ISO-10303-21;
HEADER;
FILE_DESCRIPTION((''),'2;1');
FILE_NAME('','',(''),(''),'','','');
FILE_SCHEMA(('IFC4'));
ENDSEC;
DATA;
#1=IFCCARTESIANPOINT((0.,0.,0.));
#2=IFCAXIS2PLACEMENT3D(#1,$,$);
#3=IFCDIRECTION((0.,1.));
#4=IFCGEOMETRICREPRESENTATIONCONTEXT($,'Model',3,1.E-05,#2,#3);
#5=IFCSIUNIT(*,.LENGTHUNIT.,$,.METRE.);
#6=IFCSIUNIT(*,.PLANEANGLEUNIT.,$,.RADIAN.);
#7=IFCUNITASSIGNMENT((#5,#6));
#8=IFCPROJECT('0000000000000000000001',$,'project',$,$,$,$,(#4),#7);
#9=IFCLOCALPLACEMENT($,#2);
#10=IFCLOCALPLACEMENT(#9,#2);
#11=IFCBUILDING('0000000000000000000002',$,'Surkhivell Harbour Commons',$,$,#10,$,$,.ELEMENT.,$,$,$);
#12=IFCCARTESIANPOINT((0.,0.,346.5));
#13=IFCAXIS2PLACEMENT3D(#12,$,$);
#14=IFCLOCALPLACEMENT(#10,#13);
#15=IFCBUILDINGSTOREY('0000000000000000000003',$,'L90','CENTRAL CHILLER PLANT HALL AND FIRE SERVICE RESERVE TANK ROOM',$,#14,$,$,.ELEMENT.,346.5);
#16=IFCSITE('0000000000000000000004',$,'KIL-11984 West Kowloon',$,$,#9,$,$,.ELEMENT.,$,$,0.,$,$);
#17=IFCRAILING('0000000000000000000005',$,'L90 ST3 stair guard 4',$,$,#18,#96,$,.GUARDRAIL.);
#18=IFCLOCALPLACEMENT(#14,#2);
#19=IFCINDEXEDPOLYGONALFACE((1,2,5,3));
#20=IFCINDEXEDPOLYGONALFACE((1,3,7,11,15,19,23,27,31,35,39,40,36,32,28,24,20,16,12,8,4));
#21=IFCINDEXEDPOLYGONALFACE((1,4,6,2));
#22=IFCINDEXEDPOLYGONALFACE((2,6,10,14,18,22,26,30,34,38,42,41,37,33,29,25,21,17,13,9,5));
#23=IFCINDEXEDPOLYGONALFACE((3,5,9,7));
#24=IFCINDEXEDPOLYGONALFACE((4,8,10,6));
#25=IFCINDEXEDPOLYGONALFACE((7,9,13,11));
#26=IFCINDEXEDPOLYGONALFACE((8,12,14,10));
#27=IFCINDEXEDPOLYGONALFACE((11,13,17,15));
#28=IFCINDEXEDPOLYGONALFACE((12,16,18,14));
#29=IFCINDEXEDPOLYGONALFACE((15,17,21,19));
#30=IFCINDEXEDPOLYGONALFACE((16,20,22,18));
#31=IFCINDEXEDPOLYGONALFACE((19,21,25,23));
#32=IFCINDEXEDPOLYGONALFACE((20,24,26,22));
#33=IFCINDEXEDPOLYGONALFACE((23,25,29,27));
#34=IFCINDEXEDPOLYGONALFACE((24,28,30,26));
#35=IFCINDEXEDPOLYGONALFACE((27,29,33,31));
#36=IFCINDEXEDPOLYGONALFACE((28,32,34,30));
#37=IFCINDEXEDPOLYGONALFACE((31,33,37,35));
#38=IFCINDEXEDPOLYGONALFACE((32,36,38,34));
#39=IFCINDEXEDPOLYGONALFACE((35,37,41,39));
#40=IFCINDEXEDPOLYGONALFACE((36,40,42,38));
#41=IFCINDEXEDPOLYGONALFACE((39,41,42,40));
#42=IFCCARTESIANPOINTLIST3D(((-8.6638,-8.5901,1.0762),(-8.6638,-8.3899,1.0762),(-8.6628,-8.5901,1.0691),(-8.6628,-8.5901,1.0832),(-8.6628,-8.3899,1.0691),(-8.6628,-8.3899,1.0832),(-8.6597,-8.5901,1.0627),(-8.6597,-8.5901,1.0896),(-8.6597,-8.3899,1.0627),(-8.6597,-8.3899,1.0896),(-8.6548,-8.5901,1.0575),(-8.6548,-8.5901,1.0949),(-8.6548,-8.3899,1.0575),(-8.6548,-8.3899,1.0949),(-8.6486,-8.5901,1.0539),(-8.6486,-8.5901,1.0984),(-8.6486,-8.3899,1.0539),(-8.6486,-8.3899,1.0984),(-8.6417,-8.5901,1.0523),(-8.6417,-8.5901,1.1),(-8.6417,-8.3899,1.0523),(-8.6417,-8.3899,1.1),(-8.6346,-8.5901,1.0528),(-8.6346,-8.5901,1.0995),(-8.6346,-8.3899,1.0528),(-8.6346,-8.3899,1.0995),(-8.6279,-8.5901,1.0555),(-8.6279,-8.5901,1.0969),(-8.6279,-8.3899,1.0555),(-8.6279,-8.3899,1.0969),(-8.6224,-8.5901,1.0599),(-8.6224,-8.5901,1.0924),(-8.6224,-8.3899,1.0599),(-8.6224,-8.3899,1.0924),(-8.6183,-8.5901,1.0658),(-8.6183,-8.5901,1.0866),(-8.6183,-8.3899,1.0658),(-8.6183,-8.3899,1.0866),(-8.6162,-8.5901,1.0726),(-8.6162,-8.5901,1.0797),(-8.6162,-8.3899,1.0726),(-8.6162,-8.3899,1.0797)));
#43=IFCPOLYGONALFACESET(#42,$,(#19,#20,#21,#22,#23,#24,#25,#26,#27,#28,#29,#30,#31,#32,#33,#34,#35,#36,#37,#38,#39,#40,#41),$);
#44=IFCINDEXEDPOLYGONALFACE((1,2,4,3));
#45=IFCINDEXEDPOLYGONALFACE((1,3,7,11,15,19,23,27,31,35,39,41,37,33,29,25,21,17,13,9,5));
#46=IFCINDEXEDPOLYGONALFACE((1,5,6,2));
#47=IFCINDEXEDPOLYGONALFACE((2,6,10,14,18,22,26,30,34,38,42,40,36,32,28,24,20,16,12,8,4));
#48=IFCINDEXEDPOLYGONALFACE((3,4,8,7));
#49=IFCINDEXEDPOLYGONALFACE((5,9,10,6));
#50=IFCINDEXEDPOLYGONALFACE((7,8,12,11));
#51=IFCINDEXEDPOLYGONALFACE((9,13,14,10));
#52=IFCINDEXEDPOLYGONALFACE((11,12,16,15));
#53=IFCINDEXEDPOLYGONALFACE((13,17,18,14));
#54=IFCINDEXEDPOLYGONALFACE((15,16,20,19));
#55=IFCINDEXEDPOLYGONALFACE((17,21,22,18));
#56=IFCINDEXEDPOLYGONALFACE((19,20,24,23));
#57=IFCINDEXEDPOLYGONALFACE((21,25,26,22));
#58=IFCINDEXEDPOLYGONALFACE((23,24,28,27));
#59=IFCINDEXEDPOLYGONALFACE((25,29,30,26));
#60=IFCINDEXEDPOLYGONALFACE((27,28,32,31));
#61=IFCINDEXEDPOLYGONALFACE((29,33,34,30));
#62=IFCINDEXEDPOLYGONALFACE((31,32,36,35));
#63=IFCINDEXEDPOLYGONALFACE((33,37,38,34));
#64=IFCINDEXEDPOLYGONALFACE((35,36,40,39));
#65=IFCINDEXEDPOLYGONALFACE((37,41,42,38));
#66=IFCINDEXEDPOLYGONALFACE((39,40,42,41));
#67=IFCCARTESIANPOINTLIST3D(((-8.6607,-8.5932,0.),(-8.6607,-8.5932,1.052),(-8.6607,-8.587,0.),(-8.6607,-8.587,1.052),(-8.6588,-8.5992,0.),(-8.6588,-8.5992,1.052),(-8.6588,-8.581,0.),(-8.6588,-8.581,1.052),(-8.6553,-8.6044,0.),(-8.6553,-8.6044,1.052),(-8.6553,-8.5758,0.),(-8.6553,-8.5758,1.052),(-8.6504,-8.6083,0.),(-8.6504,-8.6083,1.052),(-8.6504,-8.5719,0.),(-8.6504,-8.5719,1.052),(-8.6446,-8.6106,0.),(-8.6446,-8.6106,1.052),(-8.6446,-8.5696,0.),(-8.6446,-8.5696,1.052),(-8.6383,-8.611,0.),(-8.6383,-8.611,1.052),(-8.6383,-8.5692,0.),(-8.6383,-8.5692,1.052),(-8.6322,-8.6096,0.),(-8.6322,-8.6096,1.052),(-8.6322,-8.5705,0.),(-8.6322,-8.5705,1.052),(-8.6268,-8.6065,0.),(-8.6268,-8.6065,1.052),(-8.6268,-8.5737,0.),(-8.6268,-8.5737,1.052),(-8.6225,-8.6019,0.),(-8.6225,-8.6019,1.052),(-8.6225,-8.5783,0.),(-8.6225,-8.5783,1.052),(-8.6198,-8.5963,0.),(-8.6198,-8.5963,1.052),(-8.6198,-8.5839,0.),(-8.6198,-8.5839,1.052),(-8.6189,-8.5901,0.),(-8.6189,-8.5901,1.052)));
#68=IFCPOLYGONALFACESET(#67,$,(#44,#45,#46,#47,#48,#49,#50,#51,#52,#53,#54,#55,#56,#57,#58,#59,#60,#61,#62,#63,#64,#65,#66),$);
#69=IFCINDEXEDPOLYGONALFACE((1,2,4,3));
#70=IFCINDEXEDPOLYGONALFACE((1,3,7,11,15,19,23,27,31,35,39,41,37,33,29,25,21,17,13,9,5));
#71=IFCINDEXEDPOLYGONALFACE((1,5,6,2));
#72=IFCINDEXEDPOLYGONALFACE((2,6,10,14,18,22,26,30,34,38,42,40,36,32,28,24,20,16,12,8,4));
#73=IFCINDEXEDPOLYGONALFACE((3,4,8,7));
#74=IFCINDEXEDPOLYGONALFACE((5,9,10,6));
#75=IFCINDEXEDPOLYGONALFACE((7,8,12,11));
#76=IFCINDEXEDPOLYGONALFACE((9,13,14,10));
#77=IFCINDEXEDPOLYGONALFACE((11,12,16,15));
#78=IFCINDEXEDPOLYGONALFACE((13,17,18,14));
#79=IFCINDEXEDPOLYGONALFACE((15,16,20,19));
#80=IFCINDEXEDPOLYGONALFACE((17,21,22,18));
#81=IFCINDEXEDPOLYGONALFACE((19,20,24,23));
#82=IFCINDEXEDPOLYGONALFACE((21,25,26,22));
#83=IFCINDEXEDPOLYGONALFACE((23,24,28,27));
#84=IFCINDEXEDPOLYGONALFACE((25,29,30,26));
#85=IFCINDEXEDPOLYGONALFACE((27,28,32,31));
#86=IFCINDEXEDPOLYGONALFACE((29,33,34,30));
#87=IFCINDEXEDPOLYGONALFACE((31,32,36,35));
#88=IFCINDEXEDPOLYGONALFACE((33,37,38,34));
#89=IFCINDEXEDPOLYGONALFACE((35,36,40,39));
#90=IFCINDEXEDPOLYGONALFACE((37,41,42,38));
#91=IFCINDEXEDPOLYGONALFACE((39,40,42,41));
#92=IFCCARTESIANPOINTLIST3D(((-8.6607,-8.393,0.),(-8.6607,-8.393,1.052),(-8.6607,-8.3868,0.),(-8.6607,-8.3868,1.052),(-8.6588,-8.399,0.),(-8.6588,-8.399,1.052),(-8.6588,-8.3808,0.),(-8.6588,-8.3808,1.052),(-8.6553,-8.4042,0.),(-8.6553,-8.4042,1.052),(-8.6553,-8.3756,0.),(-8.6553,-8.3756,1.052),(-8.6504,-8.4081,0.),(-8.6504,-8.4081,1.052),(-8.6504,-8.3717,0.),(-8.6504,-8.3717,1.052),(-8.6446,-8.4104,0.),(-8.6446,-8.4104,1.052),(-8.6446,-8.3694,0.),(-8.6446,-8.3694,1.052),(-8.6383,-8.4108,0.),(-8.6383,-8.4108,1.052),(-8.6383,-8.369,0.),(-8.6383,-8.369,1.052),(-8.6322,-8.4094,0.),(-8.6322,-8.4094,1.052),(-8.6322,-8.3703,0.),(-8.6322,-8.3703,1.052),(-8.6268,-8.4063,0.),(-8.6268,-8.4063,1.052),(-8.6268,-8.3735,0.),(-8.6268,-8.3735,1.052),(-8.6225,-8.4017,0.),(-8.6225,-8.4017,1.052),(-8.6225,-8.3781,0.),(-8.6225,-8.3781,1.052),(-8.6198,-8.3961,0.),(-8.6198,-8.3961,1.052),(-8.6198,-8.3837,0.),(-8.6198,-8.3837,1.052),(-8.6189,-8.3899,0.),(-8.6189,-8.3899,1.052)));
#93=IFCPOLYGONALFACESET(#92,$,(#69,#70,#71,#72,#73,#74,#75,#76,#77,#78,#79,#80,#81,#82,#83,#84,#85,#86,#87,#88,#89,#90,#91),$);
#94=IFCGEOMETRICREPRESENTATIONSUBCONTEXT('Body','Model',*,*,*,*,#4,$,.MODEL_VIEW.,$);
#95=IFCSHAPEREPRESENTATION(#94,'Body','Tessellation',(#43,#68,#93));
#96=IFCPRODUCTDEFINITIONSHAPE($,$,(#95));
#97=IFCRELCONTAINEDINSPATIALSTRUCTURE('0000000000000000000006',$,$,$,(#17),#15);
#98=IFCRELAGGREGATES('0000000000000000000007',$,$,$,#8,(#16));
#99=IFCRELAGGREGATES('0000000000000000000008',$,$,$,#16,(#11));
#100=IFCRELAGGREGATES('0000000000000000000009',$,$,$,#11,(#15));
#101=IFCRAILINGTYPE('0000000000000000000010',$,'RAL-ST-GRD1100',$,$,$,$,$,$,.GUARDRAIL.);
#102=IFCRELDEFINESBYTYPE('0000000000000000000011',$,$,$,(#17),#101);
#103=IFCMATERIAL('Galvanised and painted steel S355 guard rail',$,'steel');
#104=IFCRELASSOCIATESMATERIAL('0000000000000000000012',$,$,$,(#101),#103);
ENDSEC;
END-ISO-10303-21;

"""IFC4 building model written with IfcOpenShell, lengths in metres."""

from ifc_helpers import new_model, si_unit, direction, frame, origin, origin_2d, place, context, subcontext, project, spatial, circle, extrude, material, type_object, element, save


model = new_model("IFC4")

# Units and contexts
model_context = context("Model", 3, precision=1e-05, world=origin(), true_north=direction((0.0, 1.0)))
body_context = subcontext(model_context, "Body", "Model", "MODEL_VIEW")
ifc_project = project(units=[si_unit("LENGTHUNIT", "METRE"), si_unit("PLANEANGLEUNIT", "RADIAN")], contexts=[model_context])

# Site, building, storey
site_placement = place(None, origin())
site = spatial("IfcSite", under=ifc_project, at=site_placement, Name="KIL-11984 West Kowloon", CompositionType="ELEMENT", RefElevation=0.0)
building_placement = place(site_placement, origin())
building = spatial("IfcBuilding", under=site, at=building_placement, Name="Surkhivell Harbour Commons", CompositionType="ELEMENT")
storey_placement = place(building_placement, frame((0.0, 0.0, 346.5)))
storey = spatial("IfcBuildingStorey", under=building, at=storey_placement, Name="L90", Description="CENTRAL CHILLER PLANT HALL AND FIRE SERVICE RESERVE TANK ROOM", CompositionType="ELEMENT", Elevation=346.5)

# Railing
ifc_material_1 = material(Name="Galvanised and painted steel S355 guard rail", Category="steel")
railing_type_1 = type_object("IfcRailingType", Name="RAL-ST-GRD1100", PredefinedType="GUARDRAIL", material=ifc_material_1)
railing_1_placement = place(storey_placement, frame((-8.6399, -8.5901, 0.0)))
element("IfcRailing", 1, at=railing_1_placement, inside=storey, type_object=railing_type_1, Name="L90 ST3 stair guard 4", PredefinedType="GUARDRAIL", context=body_context, shape_type="SweptSolid", body=[
    extrude(circle(Radius=0.0239, at=origin_2d()), frame((0.0, 0.0, 1.0762), z_axis=(0.0, 1.0, 0.0), x_axis=(-1.0, 0.0, 0.0)), (0.0, 0.0, 1.0), 0.2002),
    extrude(circle(Radius=0.021, at=origin_2d()), origin(), (0.0, 0.0, 1.0), 1.052),
    extrude(circle(Radius=0.021, at=origin_2d()), frame((0.0, 0.2002, 0.0)), (0.0, 0.0, 1.0), 1.052),
])

save(model, "model.ifc")
